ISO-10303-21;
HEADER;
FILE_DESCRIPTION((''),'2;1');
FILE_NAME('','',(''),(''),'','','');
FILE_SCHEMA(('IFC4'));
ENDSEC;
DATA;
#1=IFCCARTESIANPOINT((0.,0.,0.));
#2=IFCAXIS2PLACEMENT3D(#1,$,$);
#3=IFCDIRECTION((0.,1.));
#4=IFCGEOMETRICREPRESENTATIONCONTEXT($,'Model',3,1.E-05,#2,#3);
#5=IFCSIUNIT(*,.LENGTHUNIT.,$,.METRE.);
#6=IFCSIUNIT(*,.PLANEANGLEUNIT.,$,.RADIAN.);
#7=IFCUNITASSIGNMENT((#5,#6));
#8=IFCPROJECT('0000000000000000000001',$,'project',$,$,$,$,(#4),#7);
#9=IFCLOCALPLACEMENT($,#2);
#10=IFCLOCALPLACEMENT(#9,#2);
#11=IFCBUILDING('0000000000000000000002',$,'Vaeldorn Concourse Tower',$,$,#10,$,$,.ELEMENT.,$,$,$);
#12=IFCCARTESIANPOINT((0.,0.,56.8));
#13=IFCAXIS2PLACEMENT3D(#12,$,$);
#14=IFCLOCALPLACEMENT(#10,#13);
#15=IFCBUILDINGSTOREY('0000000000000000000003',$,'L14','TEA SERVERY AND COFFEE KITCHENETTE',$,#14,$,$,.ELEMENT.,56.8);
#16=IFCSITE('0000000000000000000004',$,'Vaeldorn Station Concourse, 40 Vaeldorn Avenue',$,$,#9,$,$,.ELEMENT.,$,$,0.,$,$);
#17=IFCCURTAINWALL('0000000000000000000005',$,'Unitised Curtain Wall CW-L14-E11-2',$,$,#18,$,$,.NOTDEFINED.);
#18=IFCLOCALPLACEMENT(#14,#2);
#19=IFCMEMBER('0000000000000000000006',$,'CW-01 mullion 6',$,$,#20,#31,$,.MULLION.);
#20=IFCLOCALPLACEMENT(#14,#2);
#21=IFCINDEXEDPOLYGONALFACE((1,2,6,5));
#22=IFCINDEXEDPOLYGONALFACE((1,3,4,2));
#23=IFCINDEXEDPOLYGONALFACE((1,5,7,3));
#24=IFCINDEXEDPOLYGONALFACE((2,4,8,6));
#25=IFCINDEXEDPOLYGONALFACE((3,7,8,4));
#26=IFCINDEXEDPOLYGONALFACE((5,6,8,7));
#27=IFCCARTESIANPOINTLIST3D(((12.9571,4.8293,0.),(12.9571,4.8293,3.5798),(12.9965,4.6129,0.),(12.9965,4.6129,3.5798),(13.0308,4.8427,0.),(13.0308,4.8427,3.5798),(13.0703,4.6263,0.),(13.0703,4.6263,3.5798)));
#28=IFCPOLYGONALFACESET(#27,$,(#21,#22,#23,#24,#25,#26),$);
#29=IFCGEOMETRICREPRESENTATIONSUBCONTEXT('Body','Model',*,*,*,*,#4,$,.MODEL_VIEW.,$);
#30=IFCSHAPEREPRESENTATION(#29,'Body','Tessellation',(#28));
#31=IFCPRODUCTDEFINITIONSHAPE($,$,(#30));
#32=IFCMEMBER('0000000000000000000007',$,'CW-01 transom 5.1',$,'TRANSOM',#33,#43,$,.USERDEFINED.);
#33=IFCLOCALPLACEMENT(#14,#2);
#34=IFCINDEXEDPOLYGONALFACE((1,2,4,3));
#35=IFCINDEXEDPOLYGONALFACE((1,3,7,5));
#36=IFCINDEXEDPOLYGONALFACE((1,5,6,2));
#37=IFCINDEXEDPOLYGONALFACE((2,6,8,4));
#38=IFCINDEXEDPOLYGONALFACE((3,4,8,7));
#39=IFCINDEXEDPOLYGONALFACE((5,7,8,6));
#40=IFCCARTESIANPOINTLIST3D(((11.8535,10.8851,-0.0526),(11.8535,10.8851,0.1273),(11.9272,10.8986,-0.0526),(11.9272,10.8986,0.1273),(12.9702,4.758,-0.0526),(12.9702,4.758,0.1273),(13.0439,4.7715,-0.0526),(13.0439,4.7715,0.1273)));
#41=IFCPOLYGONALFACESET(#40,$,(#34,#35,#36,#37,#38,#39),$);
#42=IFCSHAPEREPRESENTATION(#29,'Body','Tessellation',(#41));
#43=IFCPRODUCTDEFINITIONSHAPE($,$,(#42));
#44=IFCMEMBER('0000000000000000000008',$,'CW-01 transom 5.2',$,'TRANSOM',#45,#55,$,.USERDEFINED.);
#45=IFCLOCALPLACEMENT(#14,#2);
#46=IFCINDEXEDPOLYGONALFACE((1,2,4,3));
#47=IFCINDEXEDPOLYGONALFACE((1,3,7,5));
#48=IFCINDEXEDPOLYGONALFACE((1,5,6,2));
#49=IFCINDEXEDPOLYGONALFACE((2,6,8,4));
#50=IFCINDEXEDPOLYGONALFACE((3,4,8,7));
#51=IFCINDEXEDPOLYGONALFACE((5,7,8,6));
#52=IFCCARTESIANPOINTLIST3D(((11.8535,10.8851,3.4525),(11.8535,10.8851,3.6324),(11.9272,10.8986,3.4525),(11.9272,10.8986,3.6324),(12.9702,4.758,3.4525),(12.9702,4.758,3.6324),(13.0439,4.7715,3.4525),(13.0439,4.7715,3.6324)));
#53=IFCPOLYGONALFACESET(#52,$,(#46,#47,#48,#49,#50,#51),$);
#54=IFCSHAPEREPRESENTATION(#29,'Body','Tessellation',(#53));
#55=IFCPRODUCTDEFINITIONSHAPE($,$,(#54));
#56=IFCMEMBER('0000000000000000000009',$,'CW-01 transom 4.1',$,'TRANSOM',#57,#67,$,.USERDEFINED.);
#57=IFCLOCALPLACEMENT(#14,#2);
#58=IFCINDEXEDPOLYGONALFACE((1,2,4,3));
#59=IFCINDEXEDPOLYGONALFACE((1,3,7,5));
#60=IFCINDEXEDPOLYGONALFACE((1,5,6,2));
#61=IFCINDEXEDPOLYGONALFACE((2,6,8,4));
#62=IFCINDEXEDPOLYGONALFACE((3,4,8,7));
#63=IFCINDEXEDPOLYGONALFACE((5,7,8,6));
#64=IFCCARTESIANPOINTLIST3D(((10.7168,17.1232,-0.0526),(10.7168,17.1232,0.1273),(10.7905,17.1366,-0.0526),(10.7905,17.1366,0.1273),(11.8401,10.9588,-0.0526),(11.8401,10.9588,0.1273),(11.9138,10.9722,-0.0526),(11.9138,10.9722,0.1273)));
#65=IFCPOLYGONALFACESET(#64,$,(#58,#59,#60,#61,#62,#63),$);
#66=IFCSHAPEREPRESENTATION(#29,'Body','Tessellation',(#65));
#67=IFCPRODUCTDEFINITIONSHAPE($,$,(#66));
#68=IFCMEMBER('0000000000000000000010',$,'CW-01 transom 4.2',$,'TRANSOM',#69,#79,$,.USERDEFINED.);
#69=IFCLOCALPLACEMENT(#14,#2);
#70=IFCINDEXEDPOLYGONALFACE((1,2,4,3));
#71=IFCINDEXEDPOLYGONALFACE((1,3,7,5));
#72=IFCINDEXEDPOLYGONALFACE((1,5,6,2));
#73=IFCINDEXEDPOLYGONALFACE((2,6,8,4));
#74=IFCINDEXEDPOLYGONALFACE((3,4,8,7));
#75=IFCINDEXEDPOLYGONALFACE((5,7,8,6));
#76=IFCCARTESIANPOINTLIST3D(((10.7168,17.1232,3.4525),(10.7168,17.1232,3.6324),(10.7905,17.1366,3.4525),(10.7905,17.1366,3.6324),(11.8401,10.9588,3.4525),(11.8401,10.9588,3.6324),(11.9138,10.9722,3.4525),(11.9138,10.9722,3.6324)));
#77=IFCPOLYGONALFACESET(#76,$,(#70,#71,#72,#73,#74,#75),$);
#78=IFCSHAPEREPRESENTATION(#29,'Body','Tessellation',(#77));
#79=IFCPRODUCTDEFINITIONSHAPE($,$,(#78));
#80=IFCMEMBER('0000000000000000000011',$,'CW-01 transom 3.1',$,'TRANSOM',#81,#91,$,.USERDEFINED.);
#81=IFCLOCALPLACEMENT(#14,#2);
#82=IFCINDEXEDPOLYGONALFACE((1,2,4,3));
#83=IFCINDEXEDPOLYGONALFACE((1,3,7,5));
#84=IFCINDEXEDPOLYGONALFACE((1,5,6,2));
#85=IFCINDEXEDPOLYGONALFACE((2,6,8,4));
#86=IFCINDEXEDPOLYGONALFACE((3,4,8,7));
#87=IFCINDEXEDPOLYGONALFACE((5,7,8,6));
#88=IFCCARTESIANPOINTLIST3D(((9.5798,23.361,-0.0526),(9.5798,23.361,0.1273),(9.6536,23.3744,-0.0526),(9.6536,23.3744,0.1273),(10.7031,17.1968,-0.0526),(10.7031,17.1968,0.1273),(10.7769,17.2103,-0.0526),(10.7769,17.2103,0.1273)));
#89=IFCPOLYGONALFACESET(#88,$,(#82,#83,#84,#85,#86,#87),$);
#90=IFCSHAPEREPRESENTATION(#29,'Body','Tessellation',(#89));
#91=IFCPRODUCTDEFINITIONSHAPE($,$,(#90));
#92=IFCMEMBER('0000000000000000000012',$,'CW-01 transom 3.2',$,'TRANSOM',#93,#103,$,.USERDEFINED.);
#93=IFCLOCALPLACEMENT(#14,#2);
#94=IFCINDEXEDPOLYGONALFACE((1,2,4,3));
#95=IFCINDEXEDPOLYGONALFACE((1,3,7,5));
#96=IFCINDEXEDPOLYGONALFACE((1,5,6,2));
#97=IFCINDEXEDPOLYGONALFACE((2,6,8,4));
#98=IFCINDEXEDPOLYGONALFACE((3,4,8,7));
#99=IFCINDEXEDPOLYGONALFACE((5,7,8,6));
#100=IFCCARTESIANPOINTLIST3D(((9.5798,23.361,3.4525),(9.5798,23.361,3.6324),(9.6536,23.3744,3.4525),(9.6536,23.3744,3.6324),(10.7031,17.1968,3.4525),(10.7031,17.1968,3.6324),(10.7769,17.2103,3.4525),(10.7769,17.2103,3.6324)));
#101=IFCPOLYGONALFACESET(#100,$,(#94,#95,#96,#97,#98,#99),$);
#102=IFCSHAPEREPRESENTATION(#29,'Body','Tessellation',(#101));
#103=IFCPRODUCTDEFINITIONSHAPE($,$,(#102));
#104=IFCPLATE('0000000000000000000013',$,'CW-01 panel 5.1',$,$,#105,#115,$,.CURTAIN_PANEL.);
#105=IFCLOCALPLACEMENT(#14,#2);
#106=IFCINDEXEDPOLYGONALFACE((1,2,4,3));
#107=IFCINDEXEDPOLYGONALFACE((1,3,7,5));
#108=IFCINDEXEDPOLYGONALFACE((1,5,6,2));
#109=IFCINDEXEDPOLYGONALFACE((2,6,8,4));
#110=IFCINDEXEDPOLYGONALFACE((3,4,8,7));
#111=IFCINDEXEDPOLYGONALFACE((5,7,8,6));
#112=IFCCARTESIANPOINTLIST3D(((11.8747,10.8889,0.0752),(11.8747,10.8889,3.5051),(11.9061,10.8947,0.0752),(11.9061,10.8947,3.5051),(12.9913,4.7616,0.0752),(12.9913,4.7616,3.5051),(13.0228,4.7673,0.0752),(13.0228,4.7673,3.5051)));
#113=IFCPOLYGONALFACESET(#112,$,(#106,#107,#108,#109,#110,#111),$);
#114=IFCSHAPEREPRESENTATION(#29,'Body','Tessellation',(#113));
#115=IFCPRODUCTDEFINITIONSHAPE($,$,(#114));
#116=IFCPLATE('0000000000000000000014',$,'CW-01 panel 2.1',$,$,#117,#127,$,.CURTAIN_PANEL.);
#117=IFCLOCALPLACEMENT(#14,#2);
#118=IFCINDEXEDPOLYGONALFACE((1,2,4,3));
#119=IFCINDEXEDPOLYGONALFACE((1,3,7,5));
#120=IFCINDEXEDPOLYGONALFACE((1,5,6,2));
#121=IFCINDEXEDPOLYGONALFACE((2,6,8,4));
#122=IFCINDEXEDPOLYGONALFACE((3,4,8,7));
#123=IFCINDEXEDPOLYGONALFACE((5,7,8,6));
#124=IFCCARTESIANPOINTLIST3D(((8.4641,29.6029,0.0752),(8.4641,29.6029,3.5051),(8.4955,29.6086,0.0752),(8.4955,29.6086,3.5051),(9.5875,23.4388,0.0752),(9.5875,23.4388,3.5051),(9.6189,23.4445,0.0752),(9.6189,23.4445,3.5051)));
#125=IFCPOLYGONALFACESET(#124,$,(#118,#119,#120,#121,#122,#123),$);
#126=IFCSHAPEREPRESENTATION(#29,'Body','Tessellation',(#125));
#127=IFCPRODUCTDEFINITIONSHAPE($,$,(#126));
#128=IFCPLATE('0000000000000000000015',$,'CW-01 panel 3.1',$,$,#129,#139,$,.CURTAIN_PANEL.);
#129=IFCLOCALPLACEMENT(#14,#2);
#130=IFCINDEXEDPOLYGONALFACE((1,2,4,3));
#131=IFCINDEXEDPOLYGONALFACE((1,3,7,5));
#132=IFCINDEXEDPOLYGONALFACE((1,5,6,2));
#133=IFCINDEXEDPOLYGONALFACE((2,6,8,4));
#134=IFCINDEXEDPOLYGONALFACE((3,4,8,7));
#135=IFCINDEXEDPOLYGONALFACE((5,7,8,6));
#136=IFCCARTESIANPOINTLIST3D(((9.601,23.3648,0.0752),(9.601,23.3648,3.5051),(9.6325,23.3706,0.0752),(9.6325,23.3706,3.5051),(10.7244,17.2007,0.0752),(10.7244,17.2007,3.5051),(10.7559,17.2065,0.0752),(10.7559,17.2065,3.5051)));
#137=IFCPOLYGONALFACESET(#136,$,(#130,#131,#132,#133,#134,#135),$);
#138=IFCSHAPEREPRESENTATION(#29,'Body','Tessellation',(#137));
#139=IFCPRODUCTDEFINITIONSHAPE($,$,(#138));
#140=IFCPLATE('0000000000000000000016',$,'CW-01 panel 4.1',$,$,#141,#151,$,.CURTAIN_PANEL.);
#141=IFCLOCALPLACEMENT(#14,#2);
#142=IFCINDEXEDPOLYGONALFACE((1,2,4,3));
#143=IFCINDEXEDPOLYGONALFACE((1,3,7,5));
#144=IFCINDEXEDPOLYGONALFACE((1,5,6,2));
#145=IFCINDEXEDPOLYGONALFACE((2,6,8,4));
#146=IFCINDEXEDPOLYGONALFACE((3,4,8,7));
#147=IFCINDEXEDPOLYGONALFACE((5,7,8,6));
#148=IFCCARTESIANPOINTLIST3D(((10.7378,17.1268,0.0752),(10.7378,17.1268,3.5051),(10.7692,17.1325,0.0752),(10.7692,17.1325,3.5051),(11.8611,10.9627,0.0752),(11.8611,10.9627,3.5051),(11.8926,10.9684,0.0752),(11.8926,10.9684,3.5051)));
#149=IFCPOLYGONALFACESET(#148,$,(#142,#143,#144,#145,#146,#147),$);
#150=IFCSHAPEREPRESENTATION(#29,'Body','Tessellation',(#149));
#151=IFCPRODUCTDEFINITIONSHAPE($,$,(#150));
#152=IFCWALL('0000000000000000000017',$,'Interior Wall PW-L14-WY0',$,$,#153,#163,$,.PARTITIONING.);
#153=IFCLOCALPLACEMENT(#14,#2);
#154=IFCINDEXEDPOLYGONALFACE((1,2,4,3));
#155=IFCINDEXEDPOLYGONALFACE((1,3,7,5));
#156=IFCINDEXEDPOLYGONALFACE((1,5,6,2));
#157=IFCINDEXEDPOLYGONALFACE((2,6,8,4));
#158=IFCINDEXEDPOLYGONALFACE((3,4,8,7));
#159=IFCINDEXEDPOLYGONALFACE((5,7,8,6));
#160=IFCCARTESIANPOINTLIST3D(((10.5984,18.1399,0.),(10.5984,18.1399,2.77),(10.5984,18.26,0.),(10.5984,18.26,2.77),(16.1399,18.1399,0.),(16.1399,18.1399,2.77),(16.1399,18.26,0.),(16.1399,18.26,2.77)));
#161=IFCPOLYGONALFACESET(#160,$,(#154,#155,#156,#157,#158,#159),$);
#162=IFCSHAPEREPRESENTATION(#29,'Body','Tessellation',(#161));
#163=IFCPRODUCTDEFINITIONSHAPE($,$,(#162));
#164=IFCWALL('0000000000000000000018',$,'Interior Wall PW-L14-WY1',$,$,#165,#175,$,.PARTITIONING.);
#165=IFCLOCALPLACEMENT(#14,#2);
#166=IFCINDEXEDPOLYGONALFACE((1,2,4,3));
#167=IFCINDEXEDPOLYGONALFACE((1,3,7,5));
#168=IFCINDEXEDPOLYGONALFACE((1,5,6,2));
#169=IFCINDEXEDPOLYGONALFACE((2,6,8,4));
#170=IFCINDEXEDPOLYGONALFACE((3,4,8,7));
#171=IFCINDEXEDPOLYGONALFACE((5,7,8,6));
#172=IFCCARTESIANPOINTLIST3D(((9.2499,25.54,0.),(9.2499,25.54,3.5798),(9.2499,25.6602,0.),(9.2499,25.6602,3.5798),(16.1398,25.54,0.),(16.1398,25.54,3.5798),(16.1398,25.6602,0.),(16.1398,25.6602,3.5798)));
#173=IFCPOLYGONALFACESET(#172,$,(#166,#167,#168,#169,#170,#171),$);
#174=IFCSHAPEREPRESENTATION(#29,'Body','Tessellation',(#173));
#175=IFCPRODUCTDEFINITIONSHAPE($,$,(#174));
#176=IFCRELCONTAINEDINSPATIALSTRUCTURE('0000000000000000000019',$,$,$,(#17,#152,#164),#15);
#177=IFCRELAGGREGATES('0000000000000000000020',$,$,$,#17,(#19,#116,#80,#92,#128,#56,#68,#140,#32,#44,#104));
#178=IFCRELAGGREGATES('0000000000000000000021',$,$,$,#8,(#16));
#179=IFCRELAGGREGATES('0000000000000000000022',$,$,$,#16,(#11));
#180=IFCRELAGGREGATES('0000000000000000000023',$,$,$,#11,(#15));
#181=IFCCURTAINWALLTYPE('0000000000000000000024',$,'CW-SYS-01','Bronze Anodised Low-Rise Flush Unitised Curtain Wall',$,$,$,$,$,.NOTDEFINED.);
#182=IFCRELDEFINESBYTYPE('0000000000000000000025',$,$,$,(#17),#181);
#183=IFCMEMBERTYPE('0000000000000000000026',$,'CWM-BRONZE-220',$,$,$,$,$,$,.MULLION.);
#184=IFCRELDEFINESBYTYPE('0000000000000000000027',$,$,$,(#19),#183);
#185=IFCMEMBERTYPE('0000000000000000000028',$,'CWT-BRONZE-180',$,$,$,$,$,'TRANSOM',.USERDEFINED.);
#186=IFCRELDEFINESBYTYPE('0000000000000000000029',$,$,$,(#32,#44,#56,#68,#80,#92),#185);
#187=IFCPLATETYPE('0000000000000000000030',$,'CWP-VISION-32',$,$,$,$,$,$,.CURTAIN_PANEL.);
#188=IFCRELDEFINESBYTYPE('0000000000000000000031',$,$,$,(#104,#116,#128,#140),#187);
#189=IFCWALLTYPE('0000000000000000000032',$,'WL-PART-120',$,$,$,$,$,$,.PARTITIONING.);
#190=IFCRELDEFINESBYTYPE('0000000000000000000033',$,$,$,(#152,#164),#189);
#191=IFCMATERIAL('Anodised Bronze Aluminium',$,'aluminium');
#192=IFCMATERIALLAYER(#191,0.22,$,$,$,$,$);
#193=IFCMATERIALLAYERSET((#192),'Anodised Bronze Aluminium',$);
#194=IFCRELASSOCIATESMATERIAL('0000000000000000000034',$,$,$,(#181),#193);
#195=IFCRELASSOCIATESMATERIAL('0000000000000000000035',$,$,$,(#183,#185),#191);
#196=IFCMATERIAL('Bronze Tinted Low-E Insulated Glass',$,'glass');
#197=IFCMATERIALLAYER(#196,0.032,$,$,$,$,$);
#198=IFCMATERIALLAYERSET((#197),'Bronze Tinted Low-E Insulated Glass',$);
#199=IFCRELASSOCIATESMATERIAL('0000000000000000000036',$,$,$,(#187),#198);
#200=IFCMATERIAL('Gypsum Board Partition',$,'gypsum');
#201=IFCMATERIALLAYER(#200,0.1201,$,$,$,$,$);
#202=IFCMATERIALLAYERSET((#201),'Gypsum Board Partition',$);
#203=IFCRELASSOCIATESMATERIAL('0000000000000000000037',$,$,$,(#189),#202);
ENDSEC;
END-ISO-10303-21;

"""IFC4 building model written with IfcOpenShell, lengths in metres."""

from ifc_helpers import new_model, si_unit, direction, frame, frame_2d, origin, origin_2d, place, context, subcontext, project, spatial, rectangle, extrude, source, transform, mapped, material, layer, layer_set, material_profile, profile_set, type_object, element, aggregate, save


model = new_model("IFC4")

# Units and contexts
model_context = context("Model", 3, precision=1e-05, world=origin(), true_north=direction((0.0, 1.0)))
body_context = subcontext(model_context, "Body", "Model", "MODEL_VIEW")
ifc_project = project(units=[si_unit("LENGTHUNIT", "METRE"), si_unit("PLANEANGLEUNIT", "RADIAN")], contexts=[model_context])

# Site, building, storey
site_placement = place(None, origin())
site = spatial("IfcSite", under=ifc_project, at=site_placement, Name="Vaeldorn Station Concourse, 40 Vaeldorn Avenue", CompositionType="ELEMENT", RefElevation=0.0)
building_placement = place(site_placement, origin())
building = spatial("IfcBuilding", under=site, at=building_placement, Name="Vaeldorn Concourse Tower", CompositionType="ELEMENT")
storey_placement = place(building_placement, frame((0.0, 0.0, 56.8)))
storey = spatial("IfcBuildingStorey", under=building, at=storey_placement, Name="L14", Description="TEA SERVERY AND COFFEE KITCHENETTE", CompositionType="ELEMENT", Elevation=56.8)

# Curtain wall, members, plates
ifc_material_1 = material(Name="Anodised Bronze Aluminium", Category="aluminium")
ifc_layer_1 = layer(ifc_material_1, 0.22)
ifc_layer_set_1 = layer_set([ifc_layer_1], Name="Anodised Bronze Aluminium")
curtain_wall_type = type_object("IfcCurtainWallType", Name="CW-SYS-01", Description="Bronze Anodised Low-Rise Flush Unitised Curtain Wall", PredefinedType="NOTDEFINED", material=ifc_layer_set_1)
curtain_wall_placement = place(storey_placement, origin())
curtain_wall = element("IfcCurtainWall", 1, at=curtain_wall_placement, inside=storey, type_object=curtain_wall_type, Name="Unitised Curtain Wall CW-L14-E11-2", PredefinedType="NOTDEFINED")
ifc_material_profile_1 = material_profile(ifc_material_1, rectangle(XDim=0.075, YDim=0.22, at=origin_2d()), Name="CWM 75x220")
ifc_profile_set_1 = profile_set([ifc_material_profile_1], Name="Anodised Bronze Aluminium")
member_type_1 = type_object("IfcMemberType", Name="CWM-BRONZE-220", PredefinedType="MULLION", material=ifc_profile_set_1)
shared_shape_1 = source(origin(), body_context, "Body", "SweptSolid", [
    extrude(rectangle(XDim=0.075, YDim=0.22, at=origin_2d()), origin(), (0.0, 0.0, 1.0), 3.5798),
])
member_1_placement = place(storey_placement, frame((13.0137, 4.7278, 0.0), z_axis=(0.0, 0.0, 1.0), x_axis=(0.983796, 0.179293, 0.0)))
member_1 = element("IfcMember", 2, at=member_1_placement, type_object=member_type_1, Name="CW-01 mullion 6", PredefinedType="MULLION", context=body_context, shape_type="MappedRepresentation", body=[
    mapped(shared_shape_1, transform((0.0, 0.0, 0.0), scale=1.0)),
])
ifc_material_profile_2 = material_profile(ifc_material_1, rectangle(XDim=0.075, YDim=0.1799, at=origin_2d()), Name="CWT 75x180")
ifc_profile_set_2 = profile_set([ifc_material_profile_2], Name="Anodised Bronze Aluminium")
member_type_2 = type_object("IfcMemberType", Name="CWT-BRONZE-180", ElementType="TRANSOM", PredefinedType="USERDEFINED", material=ifc_profile_set_2)
shared_shape_2 = source(origin(), body_context, "Body", "SweptSolid", [
    extrude(rectangle(XDim=0.075, YDim=0.1799, at=origin_2d()), origin(), (0.0, 0.0, 1.0), 6.228),
])
member_2_placement = place(storey_placement, frame((11.8904, 10.8918, 0.0374), z_axis=(0.179299, -0.983795, 0.0), x_axis=(0.983795, 0.179299, 0.0)))
member_2 = element("IfcMember", 3, at=member_2_placement, type_object=member_type_2, Name="CW-01 transom 5.1", ObjectType="TRANSOM", PredefinedType="USERDEFINED", context=body_context, shape_type="MappedRepresentation", body=[
    mapped(shared_shape_2, transform((0.0, 0.0, 0.0), scale=1.0)),
])
member_3_placement = place(storey_placement, frame((11.8904, 10.8918, 3.5425), z_axis=(0.179299, -0.983795, 0.0), x_axis=(0.983795, 0.179299, 0.0)))
member_3 = element("IfcMember", 4, at=member_3_placement, type_object=member_type_2, Name="CW-01 transom 5.2", ObjectType="TRANSOM", PredefinedType="USERDEFINED", context=body_context, shape_type="MappedRepresentation", body=[
    mapped(shared_shape_2, transform((0.0, 0.0, 0.0), scale=1.0)),
])
shared_shape_3 = source(origin(), body_context, "Body", "SweptSolid", [
    extrude(rectangle(XDim=0.075, YDim=0.1799, at=origin_2d()), origin(), (0.0, 0.0, 1.0), 6.2659),
])
member_4_placement = place(storey_placement, frame((10.7537, 17.1299, 0.0374), z_axis=(0.179273, -0.983799, 0.0), x_axis=(0.983799, 0.179273, 0.0)))
member_4 = element("IfcMember", 5, at=member_4_placement, type_object=member_type_2, Name="CW-01 transom 4.1", ObjectType="TRANSOM", PredefinedType="USERDEFINED", context=body_context, shape_type="MappedRepresentation", body=[
    mapped(shared_shape_3, transform((0.0, 0.0, 0.0), scale=1.0)),
])
member_5_placement = place(storey_placement, frame((10.7537, 17.1299, 3.5425), z_axis=(0.179273, -0.983799, 0.0), x_axis=(0.983799, 0.179273, 0.0)))
member_5 = element("IfcMember", 6, at=member_5_placement, type_object=member_type_2, Name="CW-01 transom 4.2", ObjectType="TRANSOM", PredefinedType="USERDEFINED", context=body_context, shape_type="MappedRepresentation", body=[
    mapped(shared_shape_3, transform((0.0, 0.0, 0.0), scale=1.0)),
])
shared_shape_4 = source(origin(), body_context, "Body", "SweptSolid", [
    extrude(rectangle(XDim=0.075, YDim=0.1799, at=origin_2d()), origin(), (0.0, 0.0, 1.0), 6.2656),
])
member_6_placement = place(storey_placement, frame((9.6167, 23.3677, 0.0374), z_axis=(0.17928, -0.983798, 0.0), x_axis=(0.983798, 0.17928, 0.0)))
member_6 = element("IfcMember", 7, at=member_6_placement, type_object=member_type_2, Name="CW-01 transom 3.1", ObjectType="TRANSOM", PredefinedType="USERDEFINED", context=body_context, shape_type="MappedRepresentation", body=[
    mapped(shared_shape_4, transform((0.0, 0.0, 0.0), scale=1.0)),
])
member_7_placement = place(storey_placement, frame((9.6167, 23.3677, 3.5425), z_axis=(0.17928, -0.983798, 0.0), x_axis=(0.983798, 0.17928, 0.0)))
member_7 = element("IfcMember", 8, at=member_7_placement, type_object=member_type_2, Name="CW-01 transom 3.2", ObjectType="TRANSOM", PredefinedType="USERDEFINED", context=body_context, shape_type="MappedRepresentation", body=[
    mapped(shared_shape_4, transform((0.0, 0.0, 0.0), scale=1.0)),
])
ifc_material_2 = material(Name="Bronze Tinted Low-E Insulated Glass", Category="glass")
ifc_layer_2 = layer(ifc_material_2, 0.032)
ifc_layer_set_2 = layer_set([ifc_layer_2], Name="Bronze Tinted Low-E Insulated Glass")
plate_type = type_object("IfcPlateType", Name="CWP-VISION-32", PredefinedType="CURTAIN_PANEL", material=ifc_layer_set_2)
shared_shape_5 = source(origin(), body_context, "Body", "SweptSolid", [
    extrude(rectangle(XDim=6.2283, YDim=0.032, at=origin_2d()), origin(), (0.0, 0.0, 1.0), 3.4299),
])
plate_1_placement = place(storey_placement, frame((12.4487, 7.8281, 0.0752), z_axis=(0.0, 0.0, 1.0), x_axis=(0.179293, -0.983796, 0.0)))
plate_1 = element("IfcPlate", 9, at=plate_1_placement, type_object=plate_type, Name="CW-01 panel 5.1", PredefinedType="CURTAIN_PANEL", context=body_context, shape_type="MappedRepresentation", body=[
    mapped(shared_shape_5, transform((0.0, 0.0, 0.0), scale=1.0)),
])
shared_shape_6 = source(origin(), body_context, "Body", "SweptSolid", [
    extrude(rectangle(XDim=6.2656, YDim=0.032, at=origin_2d()), origin(), (0.0, 0.0, 1.0), 3.4299),
])
plate_2_placement = place(storey_placement, frame((9.0415, 26.5237, 0.0752), z_axis=(0.0, 0.0, 1.0), x_axis=(0.179293, -0.983796, 0.0)))
plate_2 = element("IfcPlate", 10, at=plate_2_placement, type_object=plate_type, Name="CW-01 panel 2.1", PredefinedType="CURTAIN_PANEL", context=body_context, shape_type="MappedRepresentation", body=[
    mapped(shared_shape_6, transform((0.0, 0.0, 0.0), scale=1.0)),
])
plate_3_placement = place(storey_placement, frame((10.1785, 20.2856, 0.0752), z_axis=(0.0, 0.0, 1.0), x_axis=(0.179293, -0.983796, 0.0)))
plate_3 = element("IfcPlate", 11, at=plate_3_placement, type_object=plate_type, Name="CW-01 panel 3.1", PredefinedType="CURTAIN_PANEL", context=body_context, shape_type="MappedRepresentation", body=[
    mapped(shared_shape_6, transform((0.0, 0.0, 0.0), scale=1.0)),
])
plate_4_placement = place(storey_placement, frame((11.3152, 14.0476, 0.0752), z_axis=(0.0, 0.0, 1.0), x_axis=(0.179293, -0.983796, 0.0)))
plate_4 = element("IfcPlate", 12, at=plate_4_placement, type_object=plate_type, Name="CW-01 panel 4.1", PredefinedType="CURTAIN_PANEL", context=body_context, shape_type="MappedRepresentation", body=[
    mapped(shared_shape_6, transform((0.0, 0.0, 0.0), scale=1.0)),
])
aggregate(curtain_wall, [member_1, plate_2, member_6, member_7, plate_3, member_4, member_5, plate_4, member_2, member_3, plate_1])

# Walls
ifc_material_3 = material(Name="Gypsum Board Partition", Category="gypsum")
ifc_layer_3 = layer(ifc_material_3, 0.1201)
ifc_layer_set_3 = layer_set([ifc_layer_3], Name="Gypsum Board Partition")
wall_type = type_object("IfcWallType", Name="WL-PART-120", PredefinedType="PARTITIONING", material=ifc_layer_set_3)
wall_1_placement = place(storey_placement, frame((10.5984, 18.2, 0.0), z_axis=(0.0, 0.0, 1.0), x_axis=(1.0, 0.0, 0.0)))
element("IfcWall", 13, at=wall_1_placement, inside=storey, type_object=wall_type, Name="Interior Wall PW-L14-WY0", PredefinedType="PARTITIONING", context=body_context, shape_type="SweptSolid", body=[
    extrude(rectangle(XDim=5.5415, YDim=0.1201, at=frame_2d((2.7708, 0.0))), origin(), (0.0, 0.0, 1.0), 2.77),
])
wall_2_placement = place(storey_placement, frame((9.25, 25.6001, 0.0), z_axis=(0.0, 0.0, 1.0), x_axis=(1.0, 0.0, 0.0)))
element("IfcWall", 14, at=wall_2_placement, inside=storey, type_object=wall_type, Name="Interior Wall PW-L14-WY1", PredefinedType="PARTITIONING", context=body_context, shape_type="SweptSolid", body=[
    extrude(rectangle(XDim=6.8899, YDim=0.1201, at=frame_2d((3.4448, 0.0))), origin(), (0.0, 0.0, 1.0), 3.5798),
])

save(model, "model.ifc")
